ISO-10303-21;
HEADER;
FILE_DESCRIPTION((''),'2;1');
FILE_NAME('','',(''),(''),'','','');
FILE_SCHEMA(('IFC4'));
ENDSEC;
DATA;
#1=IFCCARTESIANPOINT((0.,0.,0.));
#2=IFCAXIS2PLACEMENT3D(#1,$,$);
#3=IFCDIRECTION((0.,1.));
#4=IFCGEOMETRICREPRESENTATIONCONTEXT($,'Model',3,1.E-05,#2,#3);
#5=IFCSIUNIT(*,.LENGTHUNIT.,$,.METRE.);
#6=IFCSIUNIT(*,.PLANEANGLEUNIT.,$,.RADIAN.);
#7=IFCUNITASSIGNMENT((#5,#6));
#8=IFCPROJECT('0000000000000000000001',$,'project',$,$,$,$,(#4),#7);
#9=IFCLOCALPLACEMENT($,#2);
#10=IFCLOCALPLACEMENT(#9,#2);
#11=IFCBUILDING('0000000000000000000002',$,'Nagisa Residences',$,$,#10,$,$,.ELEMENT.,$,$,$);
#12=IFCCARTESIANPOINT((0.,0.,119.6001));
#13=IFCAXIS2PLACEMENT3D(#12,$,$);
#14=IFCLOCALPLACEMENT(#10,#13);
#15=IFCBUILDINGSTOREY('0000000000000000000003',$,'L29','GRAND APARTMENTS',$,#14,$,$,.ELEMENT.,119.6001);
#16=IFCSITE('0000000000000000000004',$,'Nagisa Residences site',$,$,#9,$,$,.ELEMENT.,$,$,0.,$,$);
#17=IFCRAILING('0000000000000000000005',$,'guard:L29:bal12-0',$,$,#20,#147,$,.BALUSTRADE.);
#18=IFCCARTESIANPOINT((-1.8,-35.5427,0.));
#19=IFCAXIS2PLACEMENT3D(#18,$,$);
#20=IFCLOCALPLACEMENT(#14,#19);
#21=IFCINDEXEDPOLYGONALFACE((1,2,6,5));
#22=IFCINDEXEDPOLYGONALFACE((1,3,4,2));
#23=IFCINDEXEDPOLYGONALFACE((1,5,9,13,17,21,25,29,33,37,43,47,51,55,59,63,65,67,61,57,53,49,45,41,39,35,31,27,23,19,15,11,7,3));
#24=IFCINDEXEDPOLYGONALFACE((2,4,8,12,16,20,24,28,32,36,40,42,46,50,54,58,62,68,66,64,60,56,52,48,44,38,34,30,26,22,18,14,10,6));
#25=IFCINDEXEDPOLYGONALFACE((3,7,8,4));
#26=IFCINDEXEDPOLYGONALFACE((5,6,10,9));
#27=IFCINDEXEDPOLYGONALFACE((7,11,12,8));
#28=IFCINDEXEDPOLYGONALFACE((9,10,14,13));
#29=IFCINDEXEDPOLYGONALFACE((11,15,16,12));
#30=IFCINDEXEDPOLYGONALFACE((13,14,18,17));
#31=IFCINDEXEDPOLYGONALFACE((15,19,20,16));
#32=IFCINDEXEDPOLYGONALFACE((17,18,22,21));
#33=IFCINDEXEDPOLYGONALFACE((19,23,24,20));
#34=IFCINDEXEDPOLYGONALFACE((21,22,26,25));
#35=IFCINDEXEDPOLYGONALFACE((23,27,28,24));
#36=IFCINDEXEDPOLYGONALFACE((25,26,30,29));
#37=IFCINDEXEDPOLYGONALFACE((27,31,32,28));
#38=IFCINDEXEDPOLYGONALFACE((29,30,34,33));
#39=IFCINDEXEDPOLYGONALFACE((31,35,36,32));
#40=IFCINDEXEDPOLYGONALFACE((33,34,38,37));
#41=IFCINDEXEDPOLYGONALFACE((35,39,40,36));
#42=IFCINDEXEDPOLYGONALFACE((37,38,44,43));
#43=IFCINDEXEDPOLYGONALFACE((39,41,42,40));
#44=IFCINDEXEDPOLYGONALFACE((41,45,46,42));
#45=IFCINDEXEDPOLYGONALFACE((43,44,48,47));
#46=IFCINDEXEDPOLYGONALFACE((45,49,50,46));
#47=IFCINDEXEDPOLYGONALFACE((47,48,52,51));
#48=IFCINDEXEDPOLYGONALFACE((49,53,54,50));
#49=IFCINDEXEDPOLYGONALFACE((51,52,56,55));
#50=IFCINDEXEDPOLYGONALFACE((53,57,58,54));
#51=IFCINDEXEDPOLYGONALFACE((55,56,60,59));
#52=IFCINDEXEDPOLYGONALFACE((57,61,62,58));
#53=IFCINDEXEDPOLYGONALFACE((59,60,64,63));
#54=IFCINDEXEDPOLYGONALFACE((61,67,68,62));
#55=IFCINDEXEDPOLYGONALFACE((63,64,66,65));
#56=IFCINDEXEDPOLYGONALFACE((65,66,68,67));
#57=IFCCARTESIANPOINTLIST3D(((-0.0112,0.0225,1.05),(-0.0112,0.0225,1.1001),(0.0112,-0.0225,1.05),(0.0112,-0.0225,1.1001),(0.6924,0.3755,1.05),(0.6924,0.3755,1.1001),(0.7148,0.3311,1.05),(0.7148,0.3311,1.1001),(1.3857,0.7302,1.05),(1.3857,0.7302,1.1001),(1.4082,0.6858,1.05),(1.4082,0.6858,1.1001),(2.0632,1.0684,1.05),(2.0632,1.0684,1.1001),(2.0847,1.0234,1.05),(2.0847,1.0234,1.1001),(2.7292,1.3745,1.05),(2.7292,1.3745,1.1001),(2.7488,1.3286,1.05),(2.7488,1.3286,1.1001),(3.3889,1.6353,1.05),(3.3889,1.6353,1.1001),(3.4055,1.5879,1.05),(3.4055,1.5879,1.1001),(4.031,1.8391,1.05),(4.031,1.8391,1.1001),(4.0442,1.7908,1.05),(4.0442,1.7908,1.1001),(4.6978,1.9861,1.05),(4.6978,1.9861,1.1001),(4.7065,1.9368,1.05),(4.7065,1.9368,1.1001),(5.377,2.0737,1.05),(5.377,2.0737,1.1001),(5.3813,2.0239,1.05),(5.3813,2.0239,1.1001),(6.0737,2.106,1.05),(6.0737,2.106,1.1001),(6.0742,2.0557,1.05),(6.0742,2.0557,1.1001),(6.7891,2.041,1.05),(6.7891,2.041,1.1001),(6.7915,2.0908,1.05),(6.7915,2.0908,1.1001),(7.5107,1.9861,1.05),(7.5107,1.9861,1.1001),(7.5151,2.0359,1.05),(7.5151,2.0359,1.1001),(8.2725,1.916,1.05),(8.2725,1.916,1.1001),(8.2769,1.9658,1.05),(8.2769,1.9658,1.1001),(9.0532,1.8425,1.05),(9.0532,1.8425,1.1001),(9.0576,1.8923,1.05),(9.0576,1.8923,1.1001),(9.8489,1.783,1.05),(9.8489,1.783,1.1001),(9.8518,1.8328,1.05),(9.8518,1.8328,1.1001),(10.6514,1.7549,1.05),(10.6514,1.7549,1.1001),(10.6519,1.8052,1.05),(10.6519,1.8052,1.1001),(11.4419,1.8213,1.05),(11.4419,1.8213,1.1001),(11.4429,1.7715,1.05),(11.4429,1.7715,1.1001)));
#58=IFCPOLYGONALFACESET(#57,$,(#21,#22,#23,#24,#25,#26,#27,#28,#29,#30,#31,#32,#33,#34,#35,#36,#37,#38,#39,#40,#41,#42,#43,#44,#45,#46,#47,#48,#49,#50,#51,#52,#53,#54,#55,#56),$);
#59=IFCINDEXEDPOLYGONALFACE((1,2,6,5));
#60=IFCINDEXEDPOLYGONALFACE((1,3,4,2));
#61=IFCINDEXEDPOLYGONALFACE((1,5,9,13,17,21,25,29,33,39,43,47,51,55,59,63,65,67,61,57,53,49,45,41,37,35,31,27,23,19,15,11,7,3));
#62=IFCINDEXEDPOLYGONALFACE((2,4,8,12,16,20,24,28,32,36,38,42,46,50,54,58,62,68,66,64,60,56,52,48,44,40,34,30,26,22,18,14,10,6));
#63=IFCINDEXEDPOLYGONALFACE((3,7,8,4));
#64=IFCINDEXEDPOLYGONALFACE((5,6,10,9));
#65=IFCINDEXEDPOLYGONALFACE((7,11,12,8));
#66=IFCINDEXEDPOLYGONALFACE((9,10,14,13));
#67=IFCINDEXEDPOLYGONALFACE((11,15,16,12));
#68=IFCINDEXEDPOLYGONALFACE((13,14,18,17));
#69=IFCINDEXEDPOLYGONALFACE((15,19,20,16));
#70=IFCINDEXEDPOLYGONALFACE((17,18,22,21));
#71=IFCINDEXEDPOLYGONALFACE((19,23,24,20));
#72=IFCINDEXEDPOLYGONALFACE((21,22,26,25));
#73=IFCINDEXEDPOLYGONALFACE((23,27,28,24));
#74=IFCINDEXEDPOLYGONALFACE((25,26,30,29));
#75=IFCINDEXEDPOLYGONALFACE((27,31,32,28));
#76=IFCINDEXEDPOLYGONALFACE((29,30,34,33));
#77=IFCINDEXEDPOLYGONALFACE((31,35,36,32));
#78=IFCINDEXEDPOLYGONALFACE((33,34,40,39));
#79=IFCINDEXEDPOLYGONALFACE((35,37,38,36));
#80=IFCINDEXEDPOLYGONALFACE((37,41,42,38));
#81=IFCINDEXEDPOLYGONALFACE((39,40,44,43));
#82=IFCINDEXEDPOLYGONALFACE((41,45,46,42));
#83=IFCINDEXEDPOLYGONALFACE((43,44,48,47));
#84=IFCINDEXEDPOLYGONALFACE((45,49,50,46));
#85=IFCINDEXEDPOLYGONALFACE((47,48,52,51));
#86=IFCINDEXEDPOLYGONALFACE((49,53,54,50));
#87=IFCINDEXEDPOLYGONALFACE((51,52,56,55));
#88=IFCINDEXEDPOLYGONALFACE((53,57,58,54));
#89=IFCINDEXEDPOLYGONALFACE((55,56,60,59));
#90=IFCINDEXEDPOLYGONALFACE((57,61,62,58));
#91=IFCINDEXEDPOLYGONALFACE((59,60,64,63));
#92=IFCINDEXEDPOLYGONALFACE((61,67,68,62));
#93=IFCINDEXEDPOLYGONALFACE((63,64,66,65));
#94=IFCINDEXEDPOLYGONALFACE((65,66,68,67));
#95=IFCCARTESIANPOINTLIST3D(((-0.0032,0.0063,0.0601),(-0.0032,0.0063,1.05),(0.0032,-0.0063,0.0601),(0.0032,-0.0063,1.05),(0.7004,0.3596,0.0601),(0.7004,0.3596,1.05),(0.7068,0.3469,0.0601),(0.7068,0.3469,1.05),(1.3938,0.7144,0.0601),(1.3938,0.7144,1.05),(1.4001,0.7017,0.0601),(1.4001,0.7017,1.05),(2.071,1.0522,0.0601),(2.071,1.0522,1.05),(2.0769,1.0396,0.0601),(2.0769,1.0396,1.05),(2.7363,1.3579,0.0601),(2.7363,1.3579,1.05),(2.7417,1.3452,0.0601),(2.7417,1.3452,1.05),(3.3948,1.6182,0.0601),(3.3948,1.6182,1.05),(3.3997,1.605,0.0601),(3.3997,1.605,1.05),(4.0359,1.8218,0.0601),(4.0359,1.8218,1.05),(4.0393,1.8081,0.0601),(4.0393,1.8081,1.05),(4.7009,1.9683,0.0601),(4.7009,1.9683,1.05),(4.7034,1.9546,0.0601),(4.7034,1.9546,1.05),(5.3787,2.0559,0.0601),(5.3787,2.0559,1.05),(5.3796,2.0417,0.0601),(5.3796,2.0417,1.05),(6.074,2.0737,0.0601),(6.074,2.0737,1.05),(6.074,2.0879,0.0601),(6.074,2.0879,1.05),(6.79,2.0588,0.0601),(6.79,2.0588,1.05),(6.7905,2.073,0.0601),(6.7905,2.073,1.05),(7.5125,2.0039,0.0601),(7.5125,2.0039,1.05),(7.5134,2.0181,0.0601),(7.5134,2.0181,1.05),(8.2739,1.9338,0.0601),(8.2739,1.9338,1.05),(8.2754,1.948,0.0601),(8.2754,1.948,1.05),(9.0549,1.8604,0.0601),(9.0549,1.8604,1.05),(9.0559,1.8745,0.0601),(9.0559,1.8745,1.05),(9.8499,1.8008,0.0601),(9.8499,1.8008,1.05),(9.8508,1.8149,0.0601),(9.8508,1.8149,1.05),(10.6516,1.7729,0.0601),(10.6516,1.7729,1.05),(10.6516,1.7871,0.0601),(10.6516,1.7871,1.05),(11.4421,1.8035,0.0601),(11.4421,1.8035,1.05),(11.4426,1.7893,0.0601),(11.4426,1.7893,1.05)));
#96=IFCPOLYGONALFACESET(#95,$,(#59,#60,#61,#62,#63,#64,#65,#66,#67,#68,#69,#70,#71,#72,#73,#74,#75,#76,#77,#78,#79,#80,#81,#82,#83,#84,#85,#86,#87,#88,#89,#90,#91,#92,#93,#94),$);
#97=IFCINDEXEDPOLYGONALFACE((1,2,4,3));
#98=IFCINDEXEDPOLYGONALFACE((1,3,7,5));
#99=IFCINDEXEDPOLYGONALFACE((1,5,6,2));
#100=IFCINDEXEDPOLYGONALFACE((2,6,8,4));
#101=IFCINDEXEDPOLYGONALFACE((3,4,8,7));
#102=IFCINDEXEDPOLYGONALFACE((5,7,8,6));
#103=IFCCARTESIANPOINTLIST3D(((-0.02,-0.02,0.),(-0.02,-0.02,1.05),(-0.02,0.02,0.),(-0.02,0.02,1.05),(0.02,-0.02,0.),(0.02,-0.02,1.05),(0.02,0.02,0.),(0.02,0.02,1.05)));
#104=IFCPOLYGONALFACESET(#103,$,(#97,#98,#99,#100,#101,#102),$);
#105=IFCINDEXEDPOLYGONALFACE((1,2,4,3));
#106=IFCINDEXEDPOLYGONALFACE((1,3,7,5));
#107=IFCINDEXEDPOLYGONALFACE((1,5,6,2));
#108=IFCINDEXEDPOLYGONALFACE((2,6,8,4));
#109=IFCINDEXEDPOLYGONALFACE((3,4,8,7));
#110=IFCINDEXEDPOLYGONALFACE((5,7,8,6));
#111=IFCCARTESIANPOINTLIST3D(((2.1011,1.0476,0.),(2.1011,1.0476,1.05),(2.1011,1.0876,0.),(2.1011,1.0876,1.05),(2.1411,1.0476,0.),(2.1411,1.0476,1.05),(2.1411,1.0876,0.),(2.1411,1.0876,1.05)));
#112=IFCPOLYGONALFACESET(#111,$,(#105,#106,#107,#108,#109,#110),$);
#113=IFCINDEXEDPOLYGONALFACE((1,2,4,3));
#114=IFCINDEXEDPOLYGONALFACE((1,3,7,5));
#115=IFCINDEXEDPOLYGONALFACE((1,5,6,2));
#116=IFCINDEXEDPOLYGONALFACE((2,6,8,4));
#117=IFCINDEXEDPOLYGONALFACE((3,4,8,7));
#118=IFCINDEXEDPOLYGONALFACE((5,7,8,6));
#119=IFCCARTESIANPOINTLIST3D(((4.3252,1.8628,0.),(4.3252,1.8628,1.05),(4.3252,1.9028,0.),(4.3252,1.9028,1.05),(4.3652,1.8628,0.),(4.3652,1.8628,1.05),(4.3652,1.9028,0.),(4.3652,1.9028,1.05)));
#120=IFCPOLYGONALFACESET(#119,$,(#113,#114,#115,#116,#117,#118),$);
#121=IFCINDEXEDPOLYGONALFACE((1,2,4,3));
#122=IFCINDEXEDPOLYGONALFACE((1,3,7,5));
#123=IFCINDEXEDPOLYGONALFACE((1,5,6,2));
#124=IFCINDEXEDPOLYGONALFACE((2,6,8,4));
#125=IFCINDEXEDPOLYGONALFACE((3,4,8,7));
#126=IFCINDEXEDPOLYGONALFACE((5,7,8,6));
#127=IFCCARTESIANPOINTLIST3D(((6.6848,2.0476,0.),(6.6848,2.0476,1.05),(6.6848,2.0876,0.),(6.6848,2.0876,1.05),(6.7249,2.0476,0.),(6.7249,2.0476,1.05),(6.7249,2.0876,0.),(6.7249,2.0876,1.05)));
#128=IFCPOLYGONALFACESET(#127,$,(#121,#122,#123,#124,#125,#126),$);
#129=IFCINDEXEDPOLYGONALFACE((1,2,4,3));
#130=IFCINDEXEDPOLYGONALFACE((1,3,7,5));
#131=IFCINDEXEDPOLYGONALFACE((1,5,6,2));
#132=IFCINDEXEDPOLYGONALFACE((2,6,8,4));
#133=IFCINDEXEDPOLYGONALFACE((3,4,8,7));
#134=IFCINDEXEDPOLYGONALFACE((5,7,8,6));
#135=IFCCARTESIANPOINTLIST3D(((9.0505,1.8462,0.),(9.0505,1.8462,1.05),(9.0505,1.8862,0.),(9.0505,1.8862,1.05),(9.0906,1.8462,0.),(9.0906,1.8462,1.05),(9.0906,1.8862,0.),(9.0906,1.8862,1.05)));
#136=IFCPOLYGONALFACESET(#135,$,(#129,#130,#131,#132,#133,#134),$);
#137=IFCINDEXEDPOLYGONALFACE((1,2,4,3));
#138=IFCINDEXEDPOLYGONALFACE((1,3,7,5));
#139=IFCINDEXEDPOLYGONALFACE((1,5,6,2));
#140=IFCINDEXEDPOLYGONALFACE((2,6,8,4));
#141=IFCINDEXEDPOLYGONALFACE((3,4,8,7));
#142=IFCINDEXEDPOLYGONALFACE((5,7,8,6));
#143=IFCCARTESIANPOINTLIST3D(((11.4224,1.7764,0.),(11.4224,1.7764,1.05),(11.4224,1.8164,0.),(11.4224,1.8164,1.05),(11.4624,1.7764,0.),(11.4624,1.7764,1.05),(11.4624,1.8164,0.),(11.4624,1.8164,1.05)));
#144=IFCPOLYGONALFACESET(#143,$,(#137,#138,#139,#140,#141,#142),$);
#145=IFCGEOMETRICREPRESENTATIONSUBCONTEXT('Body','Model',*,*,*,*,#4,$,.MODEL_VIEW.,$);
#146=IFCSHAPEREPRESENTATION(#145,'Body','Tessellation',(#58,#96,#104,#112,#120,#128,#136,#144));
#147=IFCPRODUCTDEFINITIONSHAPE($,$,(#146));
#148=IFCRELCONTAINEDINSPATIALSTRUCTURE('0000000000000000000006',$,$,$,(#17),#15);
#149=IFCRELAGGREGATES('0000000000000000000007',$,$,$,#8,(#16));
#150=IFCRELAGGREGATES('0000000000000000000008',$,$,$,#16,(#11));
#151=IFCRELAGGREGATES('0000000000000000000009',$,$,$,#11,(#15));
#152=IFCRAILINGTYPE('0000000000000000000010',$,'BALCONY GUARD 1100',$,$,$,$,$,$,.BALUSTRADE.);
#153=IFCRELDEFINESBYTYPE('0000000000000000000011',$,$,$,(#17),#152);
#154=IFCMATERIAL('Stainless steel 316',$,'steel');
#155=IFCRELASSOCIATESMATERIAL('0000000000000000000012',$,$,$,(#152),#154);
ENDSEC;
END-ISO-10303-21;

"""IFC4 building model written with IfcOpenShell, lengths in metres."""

from ifc_helpers import new_model, si_unit, direction, frame, origin, origin_2d, place, context, subcontext, project, spatial, polyline, rectangle, outline, extrude, material, type_object, element, save


model = new_model("IFC4")

# Units and contexts
model_context = context("Model", 3, precision=1e-05, world=origin(), true_north=direction((0.0, 1.0)))
body_context = subcontext(model_context, "Body", "Model", "MODEL_VIEW")
ifc_project = project(units=[si_unit("LENGTHUNIT", "METRE"), si_unit("PLANEANGLEUNIT", "RADIAN")], contexts=[model_context])

# Site, building, storey
site_placement = place(None, origin())
site = spatial("IfcSite", under=ifc_project, at=site_placement, Name="Nagisa Residences site", CompositionType="ELEMENT", RefElevation=0.0)
building_placement = place(site_placement, origin())
building = spatial("IfcBuilding", under=site, at=building_placement, Name="Nagisa Residences", CompositionType="ELEMENT")
storey_placement = place(building_placement, frame((0.0, 0.0, 119.6001)))
storey = spatial("IfcBuildingStorey", under=building, at=storey_placement, Name="L29", Description="GRAND APARTMENTS", CompositionType="ELEMENT", Elevation=119.6001)

# Railing
ifc_material_1 = material(Name="Stainless steel 316", Category="steel")
railing_type = type_object("IfcRailingType", Name="BALCONY GUARD 1100", PredefinedType="BALUSTRADE", material=ifc_material_1)
railing_1_placement = place(storey_placement, frame((-1.8, -35.5427, 0.0)))
element("IfcRailing", 1, at=railing_1_placement, inside=storey, type_object=railing_type, Name="guard:L29:bal12-0", PredefinedType="BALUSTRADE", context=body_context, shape_type="SweptSolid", body=[
    extrude(outline(polyline([(0.6924, 0.3755), (-0.0112, 0.0225), (0.0112, -0.0225), (0.7148, 0.3311), (1.4082, 0.6858), (2.0847, 1.0234), (2.7488, 1.3286), (3.4055, 1.5879), (4.0442, 1.7908), (4.7065, 1.9368), (5.3813, 2.0239), (6.0742, 2.0557), (6.7891, 2.041), (7.5107, 1.9861), (8.2725, 1.916), (9.0532, 1.8425), (9.8489, 1.783), (10.6514, 1.7549), (11.4429, 1.7715), (11.4419, 1.8213), (10.6519, 1.8052), (9.8518, 1.8328), (9.0576, 1.8923), (8.2769, 1.9658), (7.5151, 2.0359), (6.7915, 2.0908), (6.0737, 2.106), (5.377, 2.0737), (4.6978, 1.9861), (4.031, 1.8391), (3.3889, 1.6353), (2.7292, 1.3745), (2.0632, 1.0684), (1.3857, 0.7302), (0.6924, 0.3755)])), frame((0.0, 0.0, 1.05)), (0.0, 0.0, 1.0), 0.05),
    extrude(outline(polyline([(0.7004, 0.3596), (-0.0032, 0.0063), (0.0032, -0.0063), (0.7068, 0.3469), (1.4001, 0.7017), (2.0769, 1.0396), (2.7417, 1.3452), (3.3997, 1.605), (4.0393, 1.8081), (4.7034, 1.9546), (5.3796, 2.0417), (6.074, 2.0737), (6.79, 2.0588), (7.5125, 2.0039), (8.2739, 1.9338), (9.0549, 1.8604), (9.8499, 1.8008), (10.6516, 1.7729), (11.4426, 1.7893), (11.4421, 1.8035), (10.6516, 1.7871), (9.8508, 1.8149), (9.0559, 1.8745), (8.2754, 1.948), (7.5134, 2.0181), (6.7905, 2.073), (6.074, 2.0879), (5.3787, 2.0559), (4.7009, 1.9683), (4.0359, 1.8218), (3.3948, 1.6182), (2.7363, 1.3579), (2.071, 1.0522), (1.3938, 0.7144), (0.7004, 0.3596)])), frame((0.0, 0.0, 0.0601)), (0.0, 0.0, 1.0), 0.99),
    extrude(rectangle(XDim=0.04, YDim=0.04, at=origin_2d()), origin(), (0.0, 0.0, 1.0), 1.05),
    extrude(rectangle(XDim=0.04, YDim=0.04, at=origin_2d()), frame((2.1211, 1.0676, 0.0)), (0.0, 0.0, 1.0), 1.05),
    extrude(rectangle(XDim=0.04, YDim=0.04, at=origin_2d()), frame((4.3452, 1.8828, 0.0)), (0.0, 0.0, 1.0), 1.05),
    extrude(rectangle(XDim=0.04, YDim=0.04, at=origin_2d()), frame((6.7048, 2.0676, 0.0)), (0.0, 0.0, 1.0), 1.05),
    extrude(rectangle(XDim=0.04, YDim=0.04, at=origin_2d()), frame((9.0706, 1.8662, 0.0)), (0.0, 0.0, 1.0), 1.05),
    extrude(rectangle(XDim=0.04, YDim=0.04, at=origin_2d()), frame((11.4424, 1.7964, 0.0)), (0.0, 0.0, 1.0), 1.05),
])

save(model, "model.ifc")
